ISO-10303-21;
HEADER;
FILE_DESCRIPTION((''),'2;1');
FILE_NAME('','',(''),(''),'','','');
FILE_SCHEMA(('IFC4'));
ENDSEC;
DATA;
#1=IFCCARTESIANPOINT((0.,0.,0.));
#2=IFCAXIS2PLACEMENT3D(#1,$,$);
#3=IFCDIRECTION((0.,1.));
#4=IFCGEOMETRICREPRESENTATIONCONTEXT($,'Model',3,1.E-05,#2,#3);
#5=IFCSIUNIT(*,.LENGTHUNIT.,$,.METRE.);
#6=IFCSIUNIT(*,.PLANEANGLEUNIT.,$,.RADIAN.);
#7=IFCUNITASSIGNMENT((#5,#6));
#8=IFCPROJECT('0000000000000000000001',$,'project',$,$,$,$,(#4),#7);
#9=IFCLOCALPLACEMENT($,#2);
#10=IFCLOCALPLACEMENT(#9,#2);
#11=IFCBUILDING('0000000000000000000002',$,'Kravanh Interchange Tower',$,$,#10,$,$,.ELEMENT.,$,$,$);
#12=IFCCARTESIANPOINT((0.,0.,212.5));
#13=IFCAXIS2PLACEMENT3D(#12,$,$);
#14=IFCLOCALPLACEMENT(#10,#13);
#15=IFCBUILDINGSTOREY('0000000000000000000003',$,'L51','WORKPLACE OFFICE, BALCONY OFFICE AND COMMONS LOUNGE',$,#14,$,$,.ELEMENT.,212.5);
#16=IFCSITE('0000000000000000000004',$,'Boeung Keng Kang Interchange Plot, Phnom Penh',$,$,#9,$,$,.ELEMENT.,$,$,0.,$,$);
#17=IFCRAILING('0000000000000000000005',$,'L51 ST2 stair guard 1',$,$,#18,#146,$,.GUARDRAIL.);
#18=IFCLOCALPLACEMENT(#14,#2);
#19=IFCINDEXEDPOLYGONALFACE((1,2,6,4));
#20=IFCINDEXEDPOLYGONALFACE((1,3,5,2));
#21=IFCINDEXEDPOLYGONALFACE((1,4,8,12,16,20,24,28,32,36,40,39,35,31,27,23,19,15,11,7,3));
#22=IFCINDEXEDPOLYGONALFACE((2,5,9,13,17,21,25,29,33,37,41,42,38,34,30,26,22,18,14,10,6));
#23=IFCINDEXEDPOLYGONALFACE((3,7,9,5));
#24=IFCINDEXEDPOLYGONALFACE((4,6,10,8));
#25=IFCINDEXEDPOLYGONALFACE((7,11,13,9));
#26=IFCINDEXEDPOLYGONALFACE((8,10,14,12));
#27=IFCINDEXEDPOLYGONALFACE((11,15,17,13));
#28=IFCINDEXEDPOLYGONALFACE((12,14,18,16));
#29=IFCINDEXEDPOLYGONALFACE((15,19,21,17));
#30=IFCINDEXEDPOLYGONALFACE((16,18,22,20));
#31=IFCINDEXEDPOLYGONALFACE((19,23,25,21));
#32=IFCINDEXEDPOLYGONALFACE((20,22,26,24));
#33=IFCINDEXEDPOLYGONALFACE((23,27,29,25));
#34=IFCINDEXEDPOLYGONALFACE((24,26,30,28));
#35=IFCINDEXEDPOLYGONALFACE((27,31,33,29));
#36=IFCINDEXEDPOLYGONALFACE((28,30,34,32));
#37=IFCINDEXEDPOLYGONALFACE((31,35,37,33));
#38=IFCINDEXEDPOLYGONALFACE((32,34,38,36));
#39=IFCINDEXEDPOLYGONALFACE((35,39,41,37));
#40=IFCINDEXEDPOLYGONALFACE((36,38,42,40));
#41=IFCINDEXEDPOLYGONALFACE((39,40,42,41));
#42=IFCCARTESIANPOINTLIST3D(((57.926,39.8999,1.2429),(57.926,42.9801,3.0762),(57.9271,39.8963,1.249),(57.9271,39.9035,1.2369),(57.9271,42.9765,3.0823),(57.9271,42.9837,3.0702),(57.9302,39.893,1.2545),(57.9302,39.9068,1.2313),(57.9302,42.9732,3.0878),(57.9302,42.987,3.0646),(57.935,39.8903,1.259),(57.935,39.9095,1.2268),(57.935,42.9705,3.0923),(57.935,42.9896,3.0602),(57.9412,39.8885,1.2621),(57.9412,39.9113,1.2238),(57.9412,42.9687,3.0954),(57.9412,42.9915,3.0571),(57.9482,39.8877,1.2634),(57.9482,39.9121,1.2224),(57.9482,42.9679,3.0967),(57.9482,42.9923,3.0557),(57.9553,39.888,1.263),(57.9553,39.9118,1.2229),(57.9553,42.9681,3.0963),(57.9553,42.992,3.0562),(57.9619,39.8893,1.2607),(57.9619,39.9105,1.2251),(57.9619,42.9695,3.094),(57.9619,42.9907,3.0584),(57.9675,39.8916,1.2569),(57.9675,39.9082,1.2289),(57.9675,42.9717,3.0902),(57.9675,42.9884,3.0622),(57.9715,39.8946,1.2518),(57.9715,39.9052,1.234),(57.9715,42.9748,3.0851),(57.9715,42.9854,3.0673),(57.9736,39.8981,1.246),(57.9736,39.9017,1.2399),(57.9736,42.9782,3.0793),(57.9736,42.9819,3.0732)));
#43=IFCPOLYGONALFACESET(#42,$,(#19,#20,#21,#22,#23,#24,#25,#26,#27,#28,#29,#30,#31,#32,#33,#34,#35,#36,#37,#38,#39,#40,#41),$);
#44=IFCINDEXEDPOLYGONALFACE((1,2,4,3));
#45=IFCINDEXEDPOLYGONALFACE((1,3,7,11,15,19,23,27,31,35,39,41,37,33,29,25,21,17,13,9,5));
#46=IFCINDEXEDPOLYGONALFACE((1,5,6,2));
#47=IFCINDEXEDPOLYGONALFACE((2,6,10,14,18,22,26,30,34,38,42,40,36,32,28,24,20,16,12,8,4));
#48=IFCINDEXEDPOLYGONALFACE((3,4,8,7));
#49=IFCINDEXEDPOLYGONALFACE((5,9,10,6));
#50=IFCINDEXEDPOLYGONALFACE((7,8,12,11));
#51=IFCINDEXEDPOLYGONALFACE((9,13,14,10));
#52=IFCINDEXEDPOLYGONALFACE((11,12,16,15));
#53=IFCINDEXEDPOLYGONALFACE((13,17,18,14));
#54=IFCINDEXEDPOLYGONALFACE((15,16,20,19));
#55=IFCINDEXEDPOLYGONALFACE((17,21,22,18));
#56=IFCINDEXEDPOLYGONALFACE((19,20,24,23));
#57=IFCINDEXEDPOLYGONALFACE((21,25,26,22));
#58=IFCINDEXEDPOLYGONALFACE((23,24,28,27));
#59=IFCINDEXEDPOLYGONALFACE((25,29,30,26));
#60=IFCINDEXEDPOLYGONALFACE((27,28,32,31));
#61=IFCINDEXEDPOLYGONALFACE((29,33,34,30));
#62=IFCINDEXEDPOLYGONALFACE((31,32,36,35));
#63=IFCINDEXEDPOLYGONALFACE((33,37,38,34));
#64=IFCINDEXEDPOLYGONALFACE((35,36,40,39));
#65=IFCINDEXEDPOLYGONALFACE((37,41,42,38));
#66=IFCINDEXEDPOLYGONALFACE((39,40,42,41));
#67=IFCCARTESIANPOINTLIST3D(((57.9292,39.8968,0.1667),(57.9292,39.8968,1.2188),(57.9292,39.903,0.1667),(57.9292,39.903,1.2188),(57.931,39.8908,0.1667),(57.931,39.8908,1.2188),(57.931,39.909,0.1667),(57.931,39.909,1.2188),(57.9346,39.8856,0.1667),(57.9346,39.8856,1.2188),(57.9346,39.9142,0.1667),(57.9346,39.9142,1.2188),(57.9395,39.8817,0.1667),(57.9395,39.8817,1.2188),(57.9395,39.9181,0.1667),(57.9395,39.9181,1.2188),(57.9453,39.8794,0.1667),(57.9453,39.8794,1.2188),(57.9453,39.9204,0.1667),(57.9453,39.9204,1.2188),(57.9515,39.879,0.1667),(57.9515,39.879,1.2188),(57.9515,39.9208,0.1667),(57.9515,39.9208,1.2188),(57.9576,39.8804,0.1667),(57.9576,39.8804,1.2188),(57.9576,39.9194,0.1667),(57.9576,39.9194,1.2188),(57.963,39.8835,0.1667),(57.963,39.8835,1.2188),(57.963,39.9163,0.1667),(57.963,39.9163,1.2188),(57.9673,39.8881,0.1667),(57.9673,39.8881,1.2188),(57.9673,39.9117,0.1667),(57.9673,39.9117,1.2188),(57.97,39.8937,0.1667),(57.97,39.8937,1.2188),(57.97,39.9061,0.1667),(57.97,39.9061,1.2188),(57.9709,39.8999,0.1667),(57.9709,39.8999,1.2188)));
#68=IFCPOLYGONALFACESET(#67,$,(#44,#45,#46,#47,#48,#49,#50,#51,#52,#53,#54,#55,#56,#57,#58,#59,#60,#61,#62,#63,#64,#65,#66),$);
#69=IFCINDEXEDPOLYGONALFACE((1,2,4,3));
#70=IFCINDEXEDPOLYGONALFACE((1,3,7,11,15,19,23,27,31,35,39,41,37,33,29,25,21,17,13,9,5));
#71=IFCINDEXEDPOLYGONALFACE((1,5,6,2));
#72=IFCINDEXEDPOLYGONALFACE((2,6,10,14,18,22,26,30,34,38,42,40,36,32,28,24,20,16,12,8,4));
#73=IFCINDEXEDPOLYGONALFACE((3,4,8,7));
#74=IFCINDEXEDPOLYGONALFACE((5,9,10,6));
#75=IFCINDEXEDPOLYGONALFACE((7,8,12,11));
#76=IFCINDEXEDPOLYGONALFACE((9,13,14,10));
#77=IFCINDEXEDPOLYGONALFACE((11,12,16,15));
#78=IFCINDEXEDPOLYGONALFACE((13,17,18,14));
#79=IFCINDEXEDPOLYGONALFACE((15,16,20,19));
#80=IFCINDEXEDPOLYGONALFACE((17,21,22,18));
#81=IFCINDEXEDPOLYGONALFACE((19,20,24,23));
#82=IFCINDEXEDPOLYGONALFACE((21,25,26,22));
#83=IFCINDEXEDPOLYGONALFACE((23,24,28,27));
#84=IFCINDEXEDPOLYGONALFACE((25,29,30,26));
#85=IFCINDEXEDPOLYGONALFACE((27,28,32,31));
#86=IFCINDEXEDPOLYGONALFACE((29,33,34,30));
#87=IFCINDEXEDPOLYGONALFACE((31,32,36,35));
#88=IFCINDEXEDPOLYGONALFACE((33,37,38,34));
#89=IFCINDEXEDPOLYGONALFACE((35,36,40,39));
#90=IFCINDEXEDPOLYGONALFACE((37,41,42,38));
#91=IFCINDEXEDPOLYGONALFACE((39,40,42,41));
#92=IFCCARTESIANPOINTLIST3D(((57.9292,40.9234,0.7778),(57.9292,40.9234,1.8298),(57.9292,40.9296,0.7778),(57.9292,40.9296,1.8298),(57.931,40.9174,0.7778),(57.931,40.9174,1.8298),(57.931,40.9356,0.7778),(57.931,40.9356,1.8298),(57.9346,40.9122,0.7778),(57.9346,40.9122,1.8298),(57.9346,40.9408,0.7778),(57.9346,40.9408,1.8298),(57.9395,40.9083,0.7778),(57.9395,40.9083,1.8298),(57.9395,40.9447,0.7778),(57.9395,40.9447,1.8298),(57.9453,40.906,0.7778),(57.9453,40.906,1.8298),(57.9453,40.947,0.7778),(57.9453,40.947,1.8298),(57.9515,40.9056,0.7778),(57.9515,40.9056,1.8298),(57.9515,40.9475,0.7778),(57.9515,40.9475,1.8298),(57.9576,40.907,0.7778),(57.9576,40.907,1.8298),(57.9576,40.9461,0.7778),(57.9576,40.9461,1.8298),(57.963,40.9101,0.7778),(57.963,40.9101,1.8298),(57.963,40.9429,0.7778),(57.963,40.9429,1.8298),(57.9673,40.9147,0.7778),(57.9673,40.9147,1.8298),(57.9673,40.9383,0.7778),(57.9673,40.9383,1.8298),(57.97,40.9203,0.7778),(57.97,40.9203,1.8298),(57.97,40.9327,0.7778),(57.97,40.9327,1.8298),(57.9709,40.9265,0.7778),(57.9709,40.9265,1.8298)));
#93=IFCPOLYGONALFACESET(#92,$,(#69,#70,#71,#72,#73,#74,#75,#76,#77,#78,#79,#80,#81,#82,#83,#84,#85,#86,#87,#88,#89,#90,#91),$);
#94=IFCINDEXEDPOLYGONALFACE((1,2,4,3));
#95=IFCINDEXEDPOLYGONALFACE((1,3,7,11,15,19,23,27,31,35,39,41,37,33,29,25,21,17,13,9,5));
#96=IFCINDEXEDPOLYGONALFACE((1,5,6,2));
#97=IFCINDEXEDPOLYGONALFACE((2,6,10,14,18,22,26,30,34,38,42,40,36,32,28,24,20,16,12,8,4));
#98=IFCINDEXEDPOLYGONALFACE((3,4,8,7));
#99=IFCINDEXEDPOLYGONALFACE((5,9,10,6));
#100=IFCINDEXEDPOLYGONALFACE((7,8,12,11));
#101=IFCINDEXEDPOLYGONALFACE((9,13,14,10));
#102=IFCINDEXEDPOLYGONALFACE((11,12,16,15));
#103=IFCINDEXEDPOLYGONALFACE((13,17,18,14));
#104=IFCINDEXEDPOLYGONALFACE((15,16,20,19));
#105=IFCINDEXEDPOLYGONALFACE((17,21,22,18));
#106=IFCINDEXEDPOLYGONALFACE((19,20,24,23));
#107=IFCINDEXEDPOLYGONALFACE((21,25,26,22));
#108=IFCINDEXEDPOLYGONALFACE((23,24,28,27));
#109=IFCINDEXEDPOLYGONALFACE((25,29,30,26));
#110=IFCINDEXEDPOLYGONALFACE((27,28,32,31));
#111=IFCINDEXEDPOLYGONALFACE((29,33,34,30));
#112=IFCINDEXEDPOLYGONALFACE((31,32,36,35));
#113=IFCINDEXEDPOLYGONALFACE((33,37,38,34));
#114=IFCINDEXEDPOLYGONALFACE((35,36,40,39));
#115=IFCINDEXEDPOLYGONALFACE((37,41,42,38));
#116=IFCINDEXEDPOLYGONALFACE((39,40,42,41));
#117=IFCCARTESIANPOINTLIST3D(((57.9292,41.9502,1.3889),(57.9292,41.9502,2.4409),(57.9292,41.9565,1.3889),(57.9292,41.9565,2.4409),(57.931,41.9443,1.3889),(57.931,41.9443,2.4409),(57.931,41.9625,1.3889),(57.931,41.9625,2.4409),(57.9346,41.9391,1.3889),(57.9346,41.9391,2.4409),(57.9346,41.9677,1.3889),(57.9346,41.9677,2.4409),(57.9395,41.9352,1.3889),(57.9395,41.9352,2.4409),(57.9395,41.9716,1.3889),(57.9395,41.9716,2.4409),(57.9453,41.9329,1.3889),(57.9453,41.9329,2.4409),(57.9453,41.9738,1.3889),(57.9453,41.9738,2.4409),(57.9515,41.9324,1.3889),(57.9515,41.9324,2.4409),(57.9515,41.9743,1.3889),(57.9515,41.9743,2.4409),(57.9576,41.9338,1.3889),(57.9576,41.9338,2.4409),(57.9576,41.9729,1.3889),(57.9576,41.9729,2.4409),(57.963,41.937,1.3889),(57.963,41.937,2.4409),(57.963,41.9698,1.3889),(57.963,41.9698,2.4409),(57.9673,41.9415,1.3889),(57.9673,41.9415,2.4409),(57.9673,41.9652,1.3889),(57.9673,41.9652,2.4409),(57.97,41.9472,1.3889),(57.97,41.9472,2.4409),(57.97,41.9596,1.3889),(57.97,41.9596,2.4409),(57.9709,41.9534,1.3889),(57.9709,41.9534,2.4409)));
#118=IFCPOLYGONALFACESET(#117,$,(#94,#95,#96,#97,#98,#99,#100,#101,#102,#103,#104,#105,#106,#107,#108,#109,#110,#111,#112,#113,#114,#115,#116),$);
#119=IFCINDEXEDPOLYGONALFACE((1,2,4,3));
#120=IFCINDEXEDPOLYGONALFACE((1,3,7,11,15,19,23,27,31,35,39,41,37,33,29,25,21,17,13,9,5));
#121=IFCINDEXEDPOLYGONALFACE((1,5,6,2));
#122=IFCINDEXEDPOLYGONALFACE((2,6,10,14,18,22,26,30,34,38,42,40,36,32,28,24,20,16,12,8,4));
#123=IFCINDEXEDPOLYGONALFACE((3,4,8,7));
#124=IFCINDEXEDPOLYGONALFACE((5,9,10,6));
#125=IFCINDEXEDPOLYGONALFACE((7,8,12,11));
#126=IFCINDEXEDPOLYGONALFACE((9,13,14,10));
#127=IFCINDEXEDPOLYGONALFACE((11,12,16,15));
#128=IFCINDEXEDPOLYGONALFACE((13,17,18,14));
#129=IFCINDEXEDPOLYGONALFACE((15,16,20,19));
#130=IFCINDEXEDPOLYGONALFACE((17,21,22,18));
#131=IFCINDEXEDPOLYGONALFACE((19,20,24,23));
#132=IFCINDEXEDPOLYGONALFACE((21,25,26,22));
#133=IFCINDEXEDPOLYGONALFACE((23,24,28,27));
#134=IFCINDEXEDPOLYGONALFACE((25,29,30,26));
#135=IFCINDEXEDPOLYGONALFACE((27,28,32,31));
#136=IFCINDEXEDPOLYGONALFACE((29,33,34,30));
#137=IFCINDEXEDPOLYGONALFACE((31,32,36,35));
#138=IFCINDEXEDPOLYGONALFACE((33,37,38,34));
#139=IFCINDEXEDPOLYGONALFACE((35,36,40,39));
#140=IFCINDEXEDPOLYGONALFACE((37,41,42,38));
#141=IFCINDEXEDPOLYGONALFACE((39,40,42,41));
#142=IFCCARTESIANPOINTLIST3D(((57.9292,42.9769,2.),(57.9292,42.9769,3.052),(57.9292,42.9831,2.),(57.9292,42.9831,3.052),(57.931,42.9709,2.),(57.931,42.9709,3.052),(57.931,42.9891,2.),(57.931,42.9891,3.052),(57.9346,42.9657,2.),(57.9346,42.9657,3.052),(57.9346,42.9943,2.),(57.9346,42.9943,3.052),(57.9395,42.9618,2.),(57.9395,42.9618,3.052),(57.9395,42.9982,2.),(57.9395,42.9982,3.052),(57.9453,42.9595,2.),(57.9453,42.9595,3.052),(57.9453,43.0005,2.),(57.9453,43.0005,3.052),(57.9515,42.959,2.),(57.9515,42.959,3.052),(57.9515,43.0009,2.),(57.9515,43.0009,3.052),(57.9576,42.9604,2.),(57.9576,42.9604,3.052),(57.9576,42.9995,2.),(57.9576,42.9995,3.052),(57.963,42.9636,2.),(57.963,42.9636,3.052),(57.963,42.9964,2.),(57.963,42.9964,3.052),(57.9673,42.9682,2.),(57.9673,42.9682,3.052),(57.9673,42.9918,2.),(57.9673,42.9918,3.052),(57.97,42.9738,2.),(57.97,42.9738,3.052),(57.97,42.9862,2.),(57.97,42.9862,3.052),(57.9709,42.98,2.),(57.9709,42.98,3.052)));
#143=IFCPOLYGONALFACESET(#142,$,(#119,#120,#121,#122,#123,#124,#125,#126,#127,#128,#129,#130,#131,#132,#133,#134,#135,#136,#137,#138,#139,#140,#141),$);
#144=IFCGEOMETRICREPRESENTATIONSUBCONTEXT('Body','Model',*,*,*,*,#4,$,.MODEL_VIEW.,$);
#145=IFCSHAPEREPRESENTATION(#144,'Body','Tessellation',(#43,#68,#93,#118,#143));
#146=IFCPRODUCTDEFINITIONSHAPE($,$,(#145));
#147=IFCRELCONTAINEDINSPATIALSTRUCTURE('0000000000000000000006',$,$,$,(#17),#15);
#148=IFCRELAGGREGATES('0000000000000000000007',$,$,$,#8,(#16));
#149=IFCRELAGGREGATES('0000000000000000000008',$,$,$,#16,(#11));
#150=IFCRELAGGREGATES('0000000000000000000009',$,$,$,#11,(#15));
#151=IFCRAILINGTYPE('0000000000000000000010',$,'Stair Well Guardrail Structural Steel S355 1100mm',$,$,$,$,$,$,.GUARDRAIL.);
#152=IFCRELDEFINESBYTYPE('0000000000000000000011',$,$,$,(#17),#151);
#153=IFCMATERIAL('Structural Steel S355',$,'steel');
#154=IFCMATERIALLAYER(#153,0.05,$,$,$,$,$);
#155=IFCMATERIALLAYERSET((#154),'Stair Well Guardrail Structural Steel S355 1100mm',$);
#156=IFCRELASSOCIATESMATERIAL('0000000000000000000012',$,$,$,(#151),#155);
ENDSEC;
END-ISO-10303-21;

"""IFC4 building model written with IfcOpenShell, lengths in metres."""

from ifc_helpers import new_model, si_unit, direction, frame, origin, origin_2d, place, context, subcontext, project, spatial, circle, extrude, material, layer, layer_set, type_object, element, save


model = new_model("IFC4")

# Units and contexts
model_context = context("Model", 3, precision=1e-05, world=origin(), true_north=direction((0.0, 1.0)))
body_context = subcontext(model_context, "Body", "Model", "MODEL_VIEW")
ifc_project = project(units=[si_unit("LENGTHUNIT", "METRE"), si_unit("PLANEANGLEUNIT", "RADIAN")], contexts=[model_context])

# Site, building, storey
site_placement = place(None, origin())
site = spatial("IfcSite", under=ifc_project, at=site_placement, Name="Boeung Keng Kang Interchange Plot, Phnom Penh", CompositionType="ELEMENT", RefElevation=0.0)
building_placement = place(site_placement, origin())
building = spatial("IfcBuilding", under=site, at=building_placement, Name="Kravanh Interchange Tower", CompositionType="ELEMENT")
storey_placement = place(building_placement, frame((0.0, 0.0, 212.5)))
storey = spatial("IfcBuildingStorey", under=building, at=storey_placement, Name="L51", Description="WORKPLACE OFFICE, BALCONY OFFICE AND COMMONS LOUNGE", CompositionType="ELEMENT", Elevation=212.5)

# Railing
ifc_material_1 = material(Name="Structural Steel S355", Category="steel")
ifc_layer_1 = layer(ifc_material_1, 0.05)
ifc_layer_set_1 = layer_set([ifc_layer_1], Name="Stair Well Guardrail Structural Steel S355 1100mm")
railing_type_1 = type_object("IfcRailingType", Name="Stair Well Guardrail Structural Steel S355 1100mm", PredefinedType="GUARDRAIL", material=ifc_layer_set_1)
railing_1_placement = place(storey_placement, frame((57.95, 39.8999, 0.1667)))
element("IfcRailing", 1, at=railing_1_placement, inside=storey, type_object=railing_type_1, Name="L51 ST2 stair guard 1", PredefinedType="GUARDRAIL", context=body_context, shape_type="SweptSolid", body=[
    extrude(circle(Radius=0.0239, at=origin_2d()), frame((0.0, 0.0, 1.0762), z_axis=(0.0, 0.859309, 0.511458), x_axis=(-1.0, 0.0, 0.0)), (0.0, 0.0, 1.0), 3.5845),
    extrude(circle(Radius=0.021, at=origin_2d()), origin(), (0.0, 0.0, 1.0), 1.052),
    extrude(circle(Radius=0.021, at=origin_2d()), frame((0.0, 1.0266, 0.6111)), (0.0, 0.0, 1.0), 1.052),
    extrude(circle(Radius=0.021, at=origin_2d()), frame((0.0, 2.0535, 1.2222)), (0.0, 0.0, 1.0), 1.052),
    extrude(circle(Radius=0.021, at=origin_2d()), frame((0.0, 3.0801, 1.8333)), (0.0, 0.0, 1.0), 1.052),
])

save(model, "model.ifc")
